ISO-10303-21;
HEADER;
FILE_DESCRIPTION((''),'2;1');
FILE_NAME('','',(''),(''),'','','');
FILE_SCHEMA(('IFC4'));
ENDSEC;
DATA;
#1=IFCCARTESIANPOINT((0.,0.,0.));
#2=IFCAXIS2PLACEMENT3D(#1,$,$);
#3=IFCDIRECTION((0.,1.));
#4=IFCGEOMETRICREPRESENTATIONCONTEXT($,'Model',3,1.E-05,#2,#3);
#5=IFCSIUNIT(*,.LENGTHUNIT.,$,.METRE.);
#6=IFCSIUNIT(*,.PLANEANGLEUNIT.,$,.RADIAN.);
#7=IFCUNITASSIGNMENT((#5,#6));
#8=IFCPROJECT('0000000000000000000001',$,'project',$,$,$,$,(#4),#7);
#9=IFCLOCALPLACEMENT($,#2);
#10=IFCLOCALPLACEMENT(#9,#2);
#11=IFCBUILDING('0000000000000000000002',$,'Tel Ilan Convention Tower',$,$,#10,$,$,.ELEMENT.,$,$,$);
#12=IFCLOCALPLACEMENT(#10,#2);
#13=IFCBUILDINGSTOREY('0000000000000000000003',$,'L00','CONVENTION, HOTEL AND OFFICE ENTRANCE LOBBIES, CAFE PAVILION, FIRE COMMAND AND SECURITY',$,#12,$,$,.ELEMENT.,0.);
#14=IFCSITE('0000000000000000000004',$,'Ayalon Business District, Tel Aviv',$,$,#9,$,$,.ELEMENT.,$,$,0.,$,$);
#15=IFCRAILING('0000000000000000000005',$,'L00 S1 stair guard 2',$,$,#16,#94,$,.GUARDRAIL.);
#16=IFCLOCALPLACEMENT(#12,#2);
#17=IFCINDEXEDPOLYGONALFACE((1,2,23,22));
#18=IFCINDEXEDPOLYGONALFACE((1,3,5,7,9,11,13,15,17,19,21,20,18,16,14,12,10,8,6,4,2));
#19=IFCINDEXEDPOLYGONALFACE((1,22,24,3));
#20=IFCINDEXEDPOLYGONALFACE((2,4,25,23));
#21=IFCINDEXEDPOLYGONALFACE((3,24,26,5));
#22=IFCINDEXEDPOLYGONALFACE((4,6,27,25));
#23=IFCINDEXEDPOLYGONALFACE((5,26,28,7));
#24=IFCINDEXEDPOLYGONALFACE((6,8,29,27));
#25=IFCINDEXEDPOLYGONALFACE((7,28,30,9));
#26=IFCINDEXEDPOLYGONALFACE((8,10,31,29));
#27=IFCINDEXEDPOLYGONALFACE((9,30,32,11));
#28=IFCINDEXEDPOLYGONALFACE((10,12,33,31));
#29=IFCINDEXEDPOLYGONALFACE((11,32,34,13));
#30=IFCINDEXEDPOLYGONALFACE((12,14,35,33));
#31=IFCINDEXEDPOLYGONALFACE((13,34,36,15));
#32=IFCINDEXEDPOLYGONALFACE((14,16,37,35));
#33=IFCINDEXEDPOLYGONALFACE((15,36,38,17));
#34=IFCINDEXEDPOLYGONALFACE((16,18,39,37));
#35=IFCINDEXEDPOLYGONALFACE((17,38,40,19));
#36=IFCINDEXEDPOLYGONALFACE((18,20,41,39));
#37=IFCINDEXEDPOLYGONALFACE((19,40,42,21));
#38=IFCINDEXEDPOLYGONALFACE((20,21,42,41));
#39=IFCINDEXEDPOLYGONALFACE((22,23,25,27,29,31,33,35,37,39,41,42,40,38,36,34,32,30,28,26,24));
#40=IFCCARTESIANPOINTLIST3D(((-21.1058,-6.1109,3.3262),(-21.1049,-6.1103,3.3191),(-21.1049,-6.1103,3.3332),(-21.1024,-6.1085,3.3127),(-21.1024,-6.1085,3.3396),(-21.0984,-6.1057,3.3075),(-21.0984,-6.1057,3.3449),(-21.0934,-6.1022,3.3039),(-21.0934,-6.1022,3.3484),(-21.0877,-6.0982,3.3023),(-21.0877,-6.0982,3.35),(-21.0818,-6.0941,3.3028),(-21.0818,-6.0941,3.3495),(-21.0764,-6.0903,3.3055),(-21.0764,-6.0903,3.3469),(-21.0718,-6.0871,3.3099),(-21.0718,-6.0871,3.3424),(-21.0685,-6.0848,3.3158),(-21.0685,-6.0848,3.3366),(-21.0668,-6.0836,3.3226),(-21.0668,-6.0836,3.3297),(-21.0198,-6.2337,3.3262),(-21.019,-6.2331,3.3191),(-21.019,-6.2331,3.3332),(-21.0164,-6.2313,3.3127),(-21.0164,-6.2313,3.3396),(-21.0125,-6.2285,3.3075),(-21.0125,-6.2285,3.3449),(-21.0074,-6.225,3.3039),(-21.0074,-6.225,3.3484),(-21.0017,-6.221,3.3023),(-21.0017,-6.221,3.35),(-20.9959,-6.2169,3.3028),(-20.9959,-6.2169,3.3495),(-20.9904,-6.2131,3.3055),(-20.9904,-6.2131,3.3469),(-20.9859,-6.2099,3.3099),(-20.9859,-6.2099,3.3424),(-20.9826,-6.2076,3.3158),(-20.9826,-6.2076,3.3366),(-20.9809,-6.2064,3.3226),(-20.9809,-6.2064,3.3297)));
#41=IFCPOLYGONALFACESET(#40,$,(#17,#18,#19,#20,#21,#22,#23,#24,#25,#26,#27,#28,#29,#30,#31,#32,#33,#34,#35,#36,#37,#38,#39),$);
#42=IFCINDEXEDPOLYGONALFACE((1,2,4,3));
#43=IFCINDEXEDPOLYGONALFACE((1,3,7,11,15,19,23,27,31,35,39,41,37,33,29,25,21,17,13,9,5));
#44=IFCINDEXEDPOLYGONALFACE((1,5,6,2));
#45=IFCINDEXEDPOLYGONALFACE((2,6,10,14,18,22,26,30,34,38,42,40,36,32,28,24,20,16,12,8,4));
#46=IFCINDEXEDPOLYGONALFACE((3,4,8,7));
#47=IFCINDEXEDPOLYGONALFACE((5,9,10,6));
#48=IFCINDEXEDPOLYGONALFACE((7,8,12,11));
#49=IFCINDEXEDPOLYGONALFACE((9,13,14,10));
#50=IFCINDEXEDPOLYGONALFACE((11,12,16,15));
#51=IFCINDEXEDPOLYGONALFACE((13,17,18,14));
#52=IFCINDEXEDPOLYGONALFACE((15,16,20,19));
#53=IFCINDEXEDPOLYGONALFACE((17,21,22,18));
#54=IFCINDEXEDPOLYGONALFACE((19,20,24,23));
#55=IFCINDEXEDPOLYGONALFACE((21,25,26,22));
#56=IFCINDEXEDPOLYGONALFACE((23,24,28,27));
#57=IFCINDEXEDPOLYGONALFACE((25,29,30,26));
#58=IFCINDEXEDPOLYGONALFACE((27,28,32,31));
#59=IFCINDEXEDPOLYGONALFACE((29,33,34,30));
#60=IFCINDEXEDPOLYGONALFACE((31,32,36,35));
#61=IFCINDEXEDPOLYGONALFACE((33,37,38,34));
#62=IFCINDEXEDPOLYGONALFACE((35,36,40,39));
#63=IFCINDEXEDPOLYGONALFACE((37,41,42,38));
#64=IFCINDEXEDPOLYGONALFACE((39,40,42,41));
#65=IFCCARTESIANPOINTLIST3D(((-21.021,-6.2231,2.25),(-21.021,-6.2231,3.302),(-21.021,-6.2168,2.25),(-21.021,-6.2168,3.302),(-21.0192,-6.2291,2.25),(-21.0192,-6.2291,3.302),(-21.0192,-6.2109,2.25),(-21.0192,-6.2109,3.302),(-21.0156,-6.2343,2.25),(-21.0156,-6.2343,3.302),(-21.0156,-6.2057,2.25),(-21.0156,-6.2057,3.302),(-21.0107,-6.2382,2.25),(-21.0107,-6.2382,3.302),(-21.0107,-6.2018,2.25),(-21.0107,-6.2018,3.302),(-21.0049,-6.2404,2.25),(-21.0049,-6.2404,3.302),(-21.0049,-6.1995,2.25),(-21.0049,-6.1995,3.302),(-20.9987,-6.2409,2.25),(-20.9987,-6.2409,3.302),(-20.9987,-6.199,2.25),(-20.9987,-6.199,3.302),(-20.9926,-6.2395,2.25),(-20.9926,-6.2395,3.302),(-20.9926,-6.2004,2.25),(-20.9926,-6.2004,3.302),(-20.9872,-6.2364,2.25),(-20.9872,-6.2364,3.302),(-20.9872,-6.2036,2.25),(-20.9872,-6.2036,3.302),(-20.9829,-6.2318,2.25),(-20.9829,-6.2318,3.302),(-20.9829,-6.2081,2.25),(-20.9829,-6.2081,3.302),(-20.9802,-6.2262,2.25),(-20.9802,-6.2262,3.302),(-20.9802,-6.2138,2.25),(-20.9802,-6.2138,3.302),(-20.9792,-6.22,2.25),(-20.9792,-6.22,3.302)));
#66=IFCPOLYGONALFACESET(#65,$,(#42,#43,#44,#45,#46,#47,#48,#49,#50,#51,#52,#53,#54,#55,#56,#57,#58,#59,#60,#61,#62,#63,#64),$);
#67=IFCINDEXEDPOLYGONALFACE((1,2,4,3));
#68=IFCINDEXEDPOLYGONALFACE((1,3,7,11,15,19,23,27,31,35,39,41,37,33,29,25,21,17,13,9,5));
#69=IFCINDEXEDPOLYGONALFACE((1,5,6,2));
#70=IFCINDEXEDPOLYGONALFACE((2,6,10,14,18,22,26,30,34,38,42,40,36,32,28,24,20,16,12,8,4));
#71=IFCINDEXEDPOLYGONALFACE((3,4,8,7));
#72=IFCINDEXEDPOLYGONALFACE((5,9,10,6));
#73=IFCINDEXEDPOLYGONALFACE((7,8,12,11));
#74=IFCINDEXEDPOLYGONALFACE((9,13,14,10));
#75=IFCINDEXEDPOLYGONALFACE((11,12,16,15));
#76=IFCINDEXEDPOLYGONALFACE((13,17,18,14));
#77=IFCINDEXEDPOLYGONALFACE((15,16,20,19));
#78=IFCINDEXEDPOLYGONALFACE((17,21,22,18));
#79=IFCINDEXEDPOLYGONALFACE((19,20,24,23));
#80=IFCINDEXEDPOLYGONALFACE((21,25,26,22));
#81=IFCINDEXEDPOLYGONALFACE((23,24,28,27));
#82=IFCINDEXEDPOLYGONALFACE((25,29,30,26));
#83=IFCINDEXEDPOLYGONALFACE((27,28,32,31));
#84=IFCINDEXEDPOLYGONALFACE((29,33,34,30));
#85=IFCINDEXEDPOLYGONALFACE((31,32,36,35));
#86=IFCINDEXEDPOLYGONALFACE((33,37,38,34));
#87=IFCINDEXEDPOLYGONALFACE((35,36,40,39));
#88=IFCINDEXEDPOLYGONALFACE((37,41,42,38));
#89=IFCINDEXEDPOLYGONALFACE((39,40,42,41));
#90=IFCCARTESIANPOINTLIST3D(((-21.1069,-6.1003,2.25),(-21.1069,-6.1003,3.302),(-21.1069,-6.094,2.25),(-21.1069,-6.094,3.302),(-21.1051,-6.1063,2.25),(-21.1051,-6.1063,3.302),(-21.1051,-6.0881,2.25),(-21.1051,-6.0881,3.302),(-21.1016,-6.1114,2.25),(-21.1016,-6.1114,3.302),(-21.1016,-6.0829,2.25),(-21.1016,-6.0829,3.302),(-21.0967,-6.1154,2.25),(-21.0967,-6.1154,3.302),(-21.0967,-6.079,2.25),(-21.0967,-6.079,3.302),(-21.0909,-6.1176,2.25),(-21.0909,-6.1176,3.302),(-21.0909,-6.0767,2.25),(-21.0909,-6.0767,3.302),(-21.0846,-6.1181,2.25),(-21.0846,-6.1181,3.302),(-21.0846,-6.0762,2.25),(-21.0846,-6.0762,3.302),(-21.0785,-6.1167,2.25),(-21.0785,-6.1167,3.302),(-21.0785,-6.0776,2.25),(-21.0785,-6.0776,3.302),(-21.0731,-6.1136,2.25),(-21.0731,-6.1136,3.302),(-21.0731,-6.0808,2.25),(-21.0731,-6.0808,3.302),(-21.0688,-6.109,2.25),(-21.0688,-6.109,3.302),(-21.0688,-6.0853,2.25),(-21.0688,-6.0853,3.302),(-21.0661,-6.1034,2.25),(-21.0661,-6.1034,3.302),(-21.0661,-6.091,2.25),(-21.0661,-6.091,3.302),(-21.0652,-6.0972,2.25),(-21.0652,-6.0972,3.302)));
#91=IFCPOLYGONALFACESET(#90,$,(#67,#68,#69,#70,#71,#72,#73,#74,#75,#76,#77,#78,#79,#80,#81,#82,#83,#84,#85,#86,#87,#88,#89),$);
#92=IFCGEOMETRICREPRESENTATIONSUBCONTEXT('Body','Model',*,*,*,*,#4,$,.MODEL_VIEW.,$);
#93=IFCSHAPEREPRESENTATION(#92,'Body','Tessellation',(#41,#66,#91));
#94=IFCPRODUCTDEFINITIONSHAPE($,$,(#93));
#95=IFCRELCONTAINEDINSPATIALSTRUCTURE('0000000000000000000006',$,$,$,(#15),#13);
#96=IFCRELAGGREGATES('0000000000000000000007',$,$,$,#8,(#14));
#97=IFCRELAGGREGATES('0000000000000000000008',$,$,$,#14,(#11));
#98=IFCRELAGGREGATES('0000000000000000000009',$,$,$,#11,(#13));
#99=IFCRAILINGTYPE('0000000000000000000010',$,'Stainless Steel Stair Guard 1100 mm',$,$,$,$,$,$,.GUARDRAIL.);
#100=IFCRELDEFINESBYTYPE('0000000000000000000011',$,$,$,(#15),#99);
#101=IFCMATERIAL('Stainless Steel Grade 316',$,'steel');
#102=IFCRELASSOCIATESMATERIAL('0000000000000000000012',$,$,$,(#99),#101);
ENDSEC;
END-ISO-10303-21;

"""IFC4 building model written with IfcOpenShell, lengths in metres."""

from ifc_helpers import new_model, si_unit, direction, frame, origin, origin_2d, place, context, subcontext, project, spatial, circle, extrude, material, type_object, element, save


model = new_model("IFC4")

# Units and contexts
model_context = context("Model", 3, precision=1e-05, world=origin(), true_north=direction((0.0, 1.0)))
body_context = subcontext(model_context, "Body", "Model", "MODEL_VIEW")
ifc_project = project(units=[si_unit("LENGTHUNIT", "METRE"), si_unit("PLANEANGLEUNIT", "RADIAN")], contexts=[model_context])

# Site, building, storey
site_placement = place(None, origin())
site = spatial("IfcSite", under=ifc_project, at=site_placement, Name="Ayalon Business District, Tel Aviv", CompositionType="ELEMENT", RefElevation=0.0)
building_placement = place(site_placement, origin())
building = spatial("IfcBuilding", under=site, at=building_placement, Name="Tel Ilan Convention Tower", CompositionType="ELEMENT")
storey_placement = place(building_placement, origin())
storey = spatial("IfcBuildingStorey", under=building, at=storey_placement, Name="L00", Description="CONVENTION, HOTEL AND OFFICE ENTRANCE LOBBIES, CAFE PAVILION, FIRE COMMAND AND SECURITY", CompositionType="ELEMENT", Elevation=0.0)

# Railing
ifc_material_1 = material(Name="Stainless Steel Grade 316", Category="steel")
railing_type_1 = type_object("IfcRailingType", Name="Stainless Steel Stair Guard 1100 mm", PredefinedType="GUARDRAIL", material=ifc_material_1)
railing_1_placement = place(storey_placement, frame((-21.0002, -6.22, 2.25)))
element("IfcRailing", 1, at=railing_1_placement, inside=storey, type_object=railing_type_1, Name="L00 S1 stair guard 2", PredefinedType="GUARDRAIL", context=body_context, shape_type="SweptSolid", body=[
    extrude(circle(Radius=0.0239, at=origin_2d()), frame((0.0, 0.0, 1.0762), z_axis=(-0.573353, 0.819308, 0.0), x_axis=(-0.819308, -0.573353, 0.0)), (0.0, 0.0, 1.0), 0.1499),
    extrude(circle(Radius=0.021, at=origin_2d()), origin(), (0.0, 0.0, 1.0), 1.052),
    extrude(circle(Radius=0.021, at=origin_2d()), frame((-0.0859, 0.1228, 0.0)), (0.0, 0.0, 1.0), 1.052),
])

save(model, "model.ifc")
